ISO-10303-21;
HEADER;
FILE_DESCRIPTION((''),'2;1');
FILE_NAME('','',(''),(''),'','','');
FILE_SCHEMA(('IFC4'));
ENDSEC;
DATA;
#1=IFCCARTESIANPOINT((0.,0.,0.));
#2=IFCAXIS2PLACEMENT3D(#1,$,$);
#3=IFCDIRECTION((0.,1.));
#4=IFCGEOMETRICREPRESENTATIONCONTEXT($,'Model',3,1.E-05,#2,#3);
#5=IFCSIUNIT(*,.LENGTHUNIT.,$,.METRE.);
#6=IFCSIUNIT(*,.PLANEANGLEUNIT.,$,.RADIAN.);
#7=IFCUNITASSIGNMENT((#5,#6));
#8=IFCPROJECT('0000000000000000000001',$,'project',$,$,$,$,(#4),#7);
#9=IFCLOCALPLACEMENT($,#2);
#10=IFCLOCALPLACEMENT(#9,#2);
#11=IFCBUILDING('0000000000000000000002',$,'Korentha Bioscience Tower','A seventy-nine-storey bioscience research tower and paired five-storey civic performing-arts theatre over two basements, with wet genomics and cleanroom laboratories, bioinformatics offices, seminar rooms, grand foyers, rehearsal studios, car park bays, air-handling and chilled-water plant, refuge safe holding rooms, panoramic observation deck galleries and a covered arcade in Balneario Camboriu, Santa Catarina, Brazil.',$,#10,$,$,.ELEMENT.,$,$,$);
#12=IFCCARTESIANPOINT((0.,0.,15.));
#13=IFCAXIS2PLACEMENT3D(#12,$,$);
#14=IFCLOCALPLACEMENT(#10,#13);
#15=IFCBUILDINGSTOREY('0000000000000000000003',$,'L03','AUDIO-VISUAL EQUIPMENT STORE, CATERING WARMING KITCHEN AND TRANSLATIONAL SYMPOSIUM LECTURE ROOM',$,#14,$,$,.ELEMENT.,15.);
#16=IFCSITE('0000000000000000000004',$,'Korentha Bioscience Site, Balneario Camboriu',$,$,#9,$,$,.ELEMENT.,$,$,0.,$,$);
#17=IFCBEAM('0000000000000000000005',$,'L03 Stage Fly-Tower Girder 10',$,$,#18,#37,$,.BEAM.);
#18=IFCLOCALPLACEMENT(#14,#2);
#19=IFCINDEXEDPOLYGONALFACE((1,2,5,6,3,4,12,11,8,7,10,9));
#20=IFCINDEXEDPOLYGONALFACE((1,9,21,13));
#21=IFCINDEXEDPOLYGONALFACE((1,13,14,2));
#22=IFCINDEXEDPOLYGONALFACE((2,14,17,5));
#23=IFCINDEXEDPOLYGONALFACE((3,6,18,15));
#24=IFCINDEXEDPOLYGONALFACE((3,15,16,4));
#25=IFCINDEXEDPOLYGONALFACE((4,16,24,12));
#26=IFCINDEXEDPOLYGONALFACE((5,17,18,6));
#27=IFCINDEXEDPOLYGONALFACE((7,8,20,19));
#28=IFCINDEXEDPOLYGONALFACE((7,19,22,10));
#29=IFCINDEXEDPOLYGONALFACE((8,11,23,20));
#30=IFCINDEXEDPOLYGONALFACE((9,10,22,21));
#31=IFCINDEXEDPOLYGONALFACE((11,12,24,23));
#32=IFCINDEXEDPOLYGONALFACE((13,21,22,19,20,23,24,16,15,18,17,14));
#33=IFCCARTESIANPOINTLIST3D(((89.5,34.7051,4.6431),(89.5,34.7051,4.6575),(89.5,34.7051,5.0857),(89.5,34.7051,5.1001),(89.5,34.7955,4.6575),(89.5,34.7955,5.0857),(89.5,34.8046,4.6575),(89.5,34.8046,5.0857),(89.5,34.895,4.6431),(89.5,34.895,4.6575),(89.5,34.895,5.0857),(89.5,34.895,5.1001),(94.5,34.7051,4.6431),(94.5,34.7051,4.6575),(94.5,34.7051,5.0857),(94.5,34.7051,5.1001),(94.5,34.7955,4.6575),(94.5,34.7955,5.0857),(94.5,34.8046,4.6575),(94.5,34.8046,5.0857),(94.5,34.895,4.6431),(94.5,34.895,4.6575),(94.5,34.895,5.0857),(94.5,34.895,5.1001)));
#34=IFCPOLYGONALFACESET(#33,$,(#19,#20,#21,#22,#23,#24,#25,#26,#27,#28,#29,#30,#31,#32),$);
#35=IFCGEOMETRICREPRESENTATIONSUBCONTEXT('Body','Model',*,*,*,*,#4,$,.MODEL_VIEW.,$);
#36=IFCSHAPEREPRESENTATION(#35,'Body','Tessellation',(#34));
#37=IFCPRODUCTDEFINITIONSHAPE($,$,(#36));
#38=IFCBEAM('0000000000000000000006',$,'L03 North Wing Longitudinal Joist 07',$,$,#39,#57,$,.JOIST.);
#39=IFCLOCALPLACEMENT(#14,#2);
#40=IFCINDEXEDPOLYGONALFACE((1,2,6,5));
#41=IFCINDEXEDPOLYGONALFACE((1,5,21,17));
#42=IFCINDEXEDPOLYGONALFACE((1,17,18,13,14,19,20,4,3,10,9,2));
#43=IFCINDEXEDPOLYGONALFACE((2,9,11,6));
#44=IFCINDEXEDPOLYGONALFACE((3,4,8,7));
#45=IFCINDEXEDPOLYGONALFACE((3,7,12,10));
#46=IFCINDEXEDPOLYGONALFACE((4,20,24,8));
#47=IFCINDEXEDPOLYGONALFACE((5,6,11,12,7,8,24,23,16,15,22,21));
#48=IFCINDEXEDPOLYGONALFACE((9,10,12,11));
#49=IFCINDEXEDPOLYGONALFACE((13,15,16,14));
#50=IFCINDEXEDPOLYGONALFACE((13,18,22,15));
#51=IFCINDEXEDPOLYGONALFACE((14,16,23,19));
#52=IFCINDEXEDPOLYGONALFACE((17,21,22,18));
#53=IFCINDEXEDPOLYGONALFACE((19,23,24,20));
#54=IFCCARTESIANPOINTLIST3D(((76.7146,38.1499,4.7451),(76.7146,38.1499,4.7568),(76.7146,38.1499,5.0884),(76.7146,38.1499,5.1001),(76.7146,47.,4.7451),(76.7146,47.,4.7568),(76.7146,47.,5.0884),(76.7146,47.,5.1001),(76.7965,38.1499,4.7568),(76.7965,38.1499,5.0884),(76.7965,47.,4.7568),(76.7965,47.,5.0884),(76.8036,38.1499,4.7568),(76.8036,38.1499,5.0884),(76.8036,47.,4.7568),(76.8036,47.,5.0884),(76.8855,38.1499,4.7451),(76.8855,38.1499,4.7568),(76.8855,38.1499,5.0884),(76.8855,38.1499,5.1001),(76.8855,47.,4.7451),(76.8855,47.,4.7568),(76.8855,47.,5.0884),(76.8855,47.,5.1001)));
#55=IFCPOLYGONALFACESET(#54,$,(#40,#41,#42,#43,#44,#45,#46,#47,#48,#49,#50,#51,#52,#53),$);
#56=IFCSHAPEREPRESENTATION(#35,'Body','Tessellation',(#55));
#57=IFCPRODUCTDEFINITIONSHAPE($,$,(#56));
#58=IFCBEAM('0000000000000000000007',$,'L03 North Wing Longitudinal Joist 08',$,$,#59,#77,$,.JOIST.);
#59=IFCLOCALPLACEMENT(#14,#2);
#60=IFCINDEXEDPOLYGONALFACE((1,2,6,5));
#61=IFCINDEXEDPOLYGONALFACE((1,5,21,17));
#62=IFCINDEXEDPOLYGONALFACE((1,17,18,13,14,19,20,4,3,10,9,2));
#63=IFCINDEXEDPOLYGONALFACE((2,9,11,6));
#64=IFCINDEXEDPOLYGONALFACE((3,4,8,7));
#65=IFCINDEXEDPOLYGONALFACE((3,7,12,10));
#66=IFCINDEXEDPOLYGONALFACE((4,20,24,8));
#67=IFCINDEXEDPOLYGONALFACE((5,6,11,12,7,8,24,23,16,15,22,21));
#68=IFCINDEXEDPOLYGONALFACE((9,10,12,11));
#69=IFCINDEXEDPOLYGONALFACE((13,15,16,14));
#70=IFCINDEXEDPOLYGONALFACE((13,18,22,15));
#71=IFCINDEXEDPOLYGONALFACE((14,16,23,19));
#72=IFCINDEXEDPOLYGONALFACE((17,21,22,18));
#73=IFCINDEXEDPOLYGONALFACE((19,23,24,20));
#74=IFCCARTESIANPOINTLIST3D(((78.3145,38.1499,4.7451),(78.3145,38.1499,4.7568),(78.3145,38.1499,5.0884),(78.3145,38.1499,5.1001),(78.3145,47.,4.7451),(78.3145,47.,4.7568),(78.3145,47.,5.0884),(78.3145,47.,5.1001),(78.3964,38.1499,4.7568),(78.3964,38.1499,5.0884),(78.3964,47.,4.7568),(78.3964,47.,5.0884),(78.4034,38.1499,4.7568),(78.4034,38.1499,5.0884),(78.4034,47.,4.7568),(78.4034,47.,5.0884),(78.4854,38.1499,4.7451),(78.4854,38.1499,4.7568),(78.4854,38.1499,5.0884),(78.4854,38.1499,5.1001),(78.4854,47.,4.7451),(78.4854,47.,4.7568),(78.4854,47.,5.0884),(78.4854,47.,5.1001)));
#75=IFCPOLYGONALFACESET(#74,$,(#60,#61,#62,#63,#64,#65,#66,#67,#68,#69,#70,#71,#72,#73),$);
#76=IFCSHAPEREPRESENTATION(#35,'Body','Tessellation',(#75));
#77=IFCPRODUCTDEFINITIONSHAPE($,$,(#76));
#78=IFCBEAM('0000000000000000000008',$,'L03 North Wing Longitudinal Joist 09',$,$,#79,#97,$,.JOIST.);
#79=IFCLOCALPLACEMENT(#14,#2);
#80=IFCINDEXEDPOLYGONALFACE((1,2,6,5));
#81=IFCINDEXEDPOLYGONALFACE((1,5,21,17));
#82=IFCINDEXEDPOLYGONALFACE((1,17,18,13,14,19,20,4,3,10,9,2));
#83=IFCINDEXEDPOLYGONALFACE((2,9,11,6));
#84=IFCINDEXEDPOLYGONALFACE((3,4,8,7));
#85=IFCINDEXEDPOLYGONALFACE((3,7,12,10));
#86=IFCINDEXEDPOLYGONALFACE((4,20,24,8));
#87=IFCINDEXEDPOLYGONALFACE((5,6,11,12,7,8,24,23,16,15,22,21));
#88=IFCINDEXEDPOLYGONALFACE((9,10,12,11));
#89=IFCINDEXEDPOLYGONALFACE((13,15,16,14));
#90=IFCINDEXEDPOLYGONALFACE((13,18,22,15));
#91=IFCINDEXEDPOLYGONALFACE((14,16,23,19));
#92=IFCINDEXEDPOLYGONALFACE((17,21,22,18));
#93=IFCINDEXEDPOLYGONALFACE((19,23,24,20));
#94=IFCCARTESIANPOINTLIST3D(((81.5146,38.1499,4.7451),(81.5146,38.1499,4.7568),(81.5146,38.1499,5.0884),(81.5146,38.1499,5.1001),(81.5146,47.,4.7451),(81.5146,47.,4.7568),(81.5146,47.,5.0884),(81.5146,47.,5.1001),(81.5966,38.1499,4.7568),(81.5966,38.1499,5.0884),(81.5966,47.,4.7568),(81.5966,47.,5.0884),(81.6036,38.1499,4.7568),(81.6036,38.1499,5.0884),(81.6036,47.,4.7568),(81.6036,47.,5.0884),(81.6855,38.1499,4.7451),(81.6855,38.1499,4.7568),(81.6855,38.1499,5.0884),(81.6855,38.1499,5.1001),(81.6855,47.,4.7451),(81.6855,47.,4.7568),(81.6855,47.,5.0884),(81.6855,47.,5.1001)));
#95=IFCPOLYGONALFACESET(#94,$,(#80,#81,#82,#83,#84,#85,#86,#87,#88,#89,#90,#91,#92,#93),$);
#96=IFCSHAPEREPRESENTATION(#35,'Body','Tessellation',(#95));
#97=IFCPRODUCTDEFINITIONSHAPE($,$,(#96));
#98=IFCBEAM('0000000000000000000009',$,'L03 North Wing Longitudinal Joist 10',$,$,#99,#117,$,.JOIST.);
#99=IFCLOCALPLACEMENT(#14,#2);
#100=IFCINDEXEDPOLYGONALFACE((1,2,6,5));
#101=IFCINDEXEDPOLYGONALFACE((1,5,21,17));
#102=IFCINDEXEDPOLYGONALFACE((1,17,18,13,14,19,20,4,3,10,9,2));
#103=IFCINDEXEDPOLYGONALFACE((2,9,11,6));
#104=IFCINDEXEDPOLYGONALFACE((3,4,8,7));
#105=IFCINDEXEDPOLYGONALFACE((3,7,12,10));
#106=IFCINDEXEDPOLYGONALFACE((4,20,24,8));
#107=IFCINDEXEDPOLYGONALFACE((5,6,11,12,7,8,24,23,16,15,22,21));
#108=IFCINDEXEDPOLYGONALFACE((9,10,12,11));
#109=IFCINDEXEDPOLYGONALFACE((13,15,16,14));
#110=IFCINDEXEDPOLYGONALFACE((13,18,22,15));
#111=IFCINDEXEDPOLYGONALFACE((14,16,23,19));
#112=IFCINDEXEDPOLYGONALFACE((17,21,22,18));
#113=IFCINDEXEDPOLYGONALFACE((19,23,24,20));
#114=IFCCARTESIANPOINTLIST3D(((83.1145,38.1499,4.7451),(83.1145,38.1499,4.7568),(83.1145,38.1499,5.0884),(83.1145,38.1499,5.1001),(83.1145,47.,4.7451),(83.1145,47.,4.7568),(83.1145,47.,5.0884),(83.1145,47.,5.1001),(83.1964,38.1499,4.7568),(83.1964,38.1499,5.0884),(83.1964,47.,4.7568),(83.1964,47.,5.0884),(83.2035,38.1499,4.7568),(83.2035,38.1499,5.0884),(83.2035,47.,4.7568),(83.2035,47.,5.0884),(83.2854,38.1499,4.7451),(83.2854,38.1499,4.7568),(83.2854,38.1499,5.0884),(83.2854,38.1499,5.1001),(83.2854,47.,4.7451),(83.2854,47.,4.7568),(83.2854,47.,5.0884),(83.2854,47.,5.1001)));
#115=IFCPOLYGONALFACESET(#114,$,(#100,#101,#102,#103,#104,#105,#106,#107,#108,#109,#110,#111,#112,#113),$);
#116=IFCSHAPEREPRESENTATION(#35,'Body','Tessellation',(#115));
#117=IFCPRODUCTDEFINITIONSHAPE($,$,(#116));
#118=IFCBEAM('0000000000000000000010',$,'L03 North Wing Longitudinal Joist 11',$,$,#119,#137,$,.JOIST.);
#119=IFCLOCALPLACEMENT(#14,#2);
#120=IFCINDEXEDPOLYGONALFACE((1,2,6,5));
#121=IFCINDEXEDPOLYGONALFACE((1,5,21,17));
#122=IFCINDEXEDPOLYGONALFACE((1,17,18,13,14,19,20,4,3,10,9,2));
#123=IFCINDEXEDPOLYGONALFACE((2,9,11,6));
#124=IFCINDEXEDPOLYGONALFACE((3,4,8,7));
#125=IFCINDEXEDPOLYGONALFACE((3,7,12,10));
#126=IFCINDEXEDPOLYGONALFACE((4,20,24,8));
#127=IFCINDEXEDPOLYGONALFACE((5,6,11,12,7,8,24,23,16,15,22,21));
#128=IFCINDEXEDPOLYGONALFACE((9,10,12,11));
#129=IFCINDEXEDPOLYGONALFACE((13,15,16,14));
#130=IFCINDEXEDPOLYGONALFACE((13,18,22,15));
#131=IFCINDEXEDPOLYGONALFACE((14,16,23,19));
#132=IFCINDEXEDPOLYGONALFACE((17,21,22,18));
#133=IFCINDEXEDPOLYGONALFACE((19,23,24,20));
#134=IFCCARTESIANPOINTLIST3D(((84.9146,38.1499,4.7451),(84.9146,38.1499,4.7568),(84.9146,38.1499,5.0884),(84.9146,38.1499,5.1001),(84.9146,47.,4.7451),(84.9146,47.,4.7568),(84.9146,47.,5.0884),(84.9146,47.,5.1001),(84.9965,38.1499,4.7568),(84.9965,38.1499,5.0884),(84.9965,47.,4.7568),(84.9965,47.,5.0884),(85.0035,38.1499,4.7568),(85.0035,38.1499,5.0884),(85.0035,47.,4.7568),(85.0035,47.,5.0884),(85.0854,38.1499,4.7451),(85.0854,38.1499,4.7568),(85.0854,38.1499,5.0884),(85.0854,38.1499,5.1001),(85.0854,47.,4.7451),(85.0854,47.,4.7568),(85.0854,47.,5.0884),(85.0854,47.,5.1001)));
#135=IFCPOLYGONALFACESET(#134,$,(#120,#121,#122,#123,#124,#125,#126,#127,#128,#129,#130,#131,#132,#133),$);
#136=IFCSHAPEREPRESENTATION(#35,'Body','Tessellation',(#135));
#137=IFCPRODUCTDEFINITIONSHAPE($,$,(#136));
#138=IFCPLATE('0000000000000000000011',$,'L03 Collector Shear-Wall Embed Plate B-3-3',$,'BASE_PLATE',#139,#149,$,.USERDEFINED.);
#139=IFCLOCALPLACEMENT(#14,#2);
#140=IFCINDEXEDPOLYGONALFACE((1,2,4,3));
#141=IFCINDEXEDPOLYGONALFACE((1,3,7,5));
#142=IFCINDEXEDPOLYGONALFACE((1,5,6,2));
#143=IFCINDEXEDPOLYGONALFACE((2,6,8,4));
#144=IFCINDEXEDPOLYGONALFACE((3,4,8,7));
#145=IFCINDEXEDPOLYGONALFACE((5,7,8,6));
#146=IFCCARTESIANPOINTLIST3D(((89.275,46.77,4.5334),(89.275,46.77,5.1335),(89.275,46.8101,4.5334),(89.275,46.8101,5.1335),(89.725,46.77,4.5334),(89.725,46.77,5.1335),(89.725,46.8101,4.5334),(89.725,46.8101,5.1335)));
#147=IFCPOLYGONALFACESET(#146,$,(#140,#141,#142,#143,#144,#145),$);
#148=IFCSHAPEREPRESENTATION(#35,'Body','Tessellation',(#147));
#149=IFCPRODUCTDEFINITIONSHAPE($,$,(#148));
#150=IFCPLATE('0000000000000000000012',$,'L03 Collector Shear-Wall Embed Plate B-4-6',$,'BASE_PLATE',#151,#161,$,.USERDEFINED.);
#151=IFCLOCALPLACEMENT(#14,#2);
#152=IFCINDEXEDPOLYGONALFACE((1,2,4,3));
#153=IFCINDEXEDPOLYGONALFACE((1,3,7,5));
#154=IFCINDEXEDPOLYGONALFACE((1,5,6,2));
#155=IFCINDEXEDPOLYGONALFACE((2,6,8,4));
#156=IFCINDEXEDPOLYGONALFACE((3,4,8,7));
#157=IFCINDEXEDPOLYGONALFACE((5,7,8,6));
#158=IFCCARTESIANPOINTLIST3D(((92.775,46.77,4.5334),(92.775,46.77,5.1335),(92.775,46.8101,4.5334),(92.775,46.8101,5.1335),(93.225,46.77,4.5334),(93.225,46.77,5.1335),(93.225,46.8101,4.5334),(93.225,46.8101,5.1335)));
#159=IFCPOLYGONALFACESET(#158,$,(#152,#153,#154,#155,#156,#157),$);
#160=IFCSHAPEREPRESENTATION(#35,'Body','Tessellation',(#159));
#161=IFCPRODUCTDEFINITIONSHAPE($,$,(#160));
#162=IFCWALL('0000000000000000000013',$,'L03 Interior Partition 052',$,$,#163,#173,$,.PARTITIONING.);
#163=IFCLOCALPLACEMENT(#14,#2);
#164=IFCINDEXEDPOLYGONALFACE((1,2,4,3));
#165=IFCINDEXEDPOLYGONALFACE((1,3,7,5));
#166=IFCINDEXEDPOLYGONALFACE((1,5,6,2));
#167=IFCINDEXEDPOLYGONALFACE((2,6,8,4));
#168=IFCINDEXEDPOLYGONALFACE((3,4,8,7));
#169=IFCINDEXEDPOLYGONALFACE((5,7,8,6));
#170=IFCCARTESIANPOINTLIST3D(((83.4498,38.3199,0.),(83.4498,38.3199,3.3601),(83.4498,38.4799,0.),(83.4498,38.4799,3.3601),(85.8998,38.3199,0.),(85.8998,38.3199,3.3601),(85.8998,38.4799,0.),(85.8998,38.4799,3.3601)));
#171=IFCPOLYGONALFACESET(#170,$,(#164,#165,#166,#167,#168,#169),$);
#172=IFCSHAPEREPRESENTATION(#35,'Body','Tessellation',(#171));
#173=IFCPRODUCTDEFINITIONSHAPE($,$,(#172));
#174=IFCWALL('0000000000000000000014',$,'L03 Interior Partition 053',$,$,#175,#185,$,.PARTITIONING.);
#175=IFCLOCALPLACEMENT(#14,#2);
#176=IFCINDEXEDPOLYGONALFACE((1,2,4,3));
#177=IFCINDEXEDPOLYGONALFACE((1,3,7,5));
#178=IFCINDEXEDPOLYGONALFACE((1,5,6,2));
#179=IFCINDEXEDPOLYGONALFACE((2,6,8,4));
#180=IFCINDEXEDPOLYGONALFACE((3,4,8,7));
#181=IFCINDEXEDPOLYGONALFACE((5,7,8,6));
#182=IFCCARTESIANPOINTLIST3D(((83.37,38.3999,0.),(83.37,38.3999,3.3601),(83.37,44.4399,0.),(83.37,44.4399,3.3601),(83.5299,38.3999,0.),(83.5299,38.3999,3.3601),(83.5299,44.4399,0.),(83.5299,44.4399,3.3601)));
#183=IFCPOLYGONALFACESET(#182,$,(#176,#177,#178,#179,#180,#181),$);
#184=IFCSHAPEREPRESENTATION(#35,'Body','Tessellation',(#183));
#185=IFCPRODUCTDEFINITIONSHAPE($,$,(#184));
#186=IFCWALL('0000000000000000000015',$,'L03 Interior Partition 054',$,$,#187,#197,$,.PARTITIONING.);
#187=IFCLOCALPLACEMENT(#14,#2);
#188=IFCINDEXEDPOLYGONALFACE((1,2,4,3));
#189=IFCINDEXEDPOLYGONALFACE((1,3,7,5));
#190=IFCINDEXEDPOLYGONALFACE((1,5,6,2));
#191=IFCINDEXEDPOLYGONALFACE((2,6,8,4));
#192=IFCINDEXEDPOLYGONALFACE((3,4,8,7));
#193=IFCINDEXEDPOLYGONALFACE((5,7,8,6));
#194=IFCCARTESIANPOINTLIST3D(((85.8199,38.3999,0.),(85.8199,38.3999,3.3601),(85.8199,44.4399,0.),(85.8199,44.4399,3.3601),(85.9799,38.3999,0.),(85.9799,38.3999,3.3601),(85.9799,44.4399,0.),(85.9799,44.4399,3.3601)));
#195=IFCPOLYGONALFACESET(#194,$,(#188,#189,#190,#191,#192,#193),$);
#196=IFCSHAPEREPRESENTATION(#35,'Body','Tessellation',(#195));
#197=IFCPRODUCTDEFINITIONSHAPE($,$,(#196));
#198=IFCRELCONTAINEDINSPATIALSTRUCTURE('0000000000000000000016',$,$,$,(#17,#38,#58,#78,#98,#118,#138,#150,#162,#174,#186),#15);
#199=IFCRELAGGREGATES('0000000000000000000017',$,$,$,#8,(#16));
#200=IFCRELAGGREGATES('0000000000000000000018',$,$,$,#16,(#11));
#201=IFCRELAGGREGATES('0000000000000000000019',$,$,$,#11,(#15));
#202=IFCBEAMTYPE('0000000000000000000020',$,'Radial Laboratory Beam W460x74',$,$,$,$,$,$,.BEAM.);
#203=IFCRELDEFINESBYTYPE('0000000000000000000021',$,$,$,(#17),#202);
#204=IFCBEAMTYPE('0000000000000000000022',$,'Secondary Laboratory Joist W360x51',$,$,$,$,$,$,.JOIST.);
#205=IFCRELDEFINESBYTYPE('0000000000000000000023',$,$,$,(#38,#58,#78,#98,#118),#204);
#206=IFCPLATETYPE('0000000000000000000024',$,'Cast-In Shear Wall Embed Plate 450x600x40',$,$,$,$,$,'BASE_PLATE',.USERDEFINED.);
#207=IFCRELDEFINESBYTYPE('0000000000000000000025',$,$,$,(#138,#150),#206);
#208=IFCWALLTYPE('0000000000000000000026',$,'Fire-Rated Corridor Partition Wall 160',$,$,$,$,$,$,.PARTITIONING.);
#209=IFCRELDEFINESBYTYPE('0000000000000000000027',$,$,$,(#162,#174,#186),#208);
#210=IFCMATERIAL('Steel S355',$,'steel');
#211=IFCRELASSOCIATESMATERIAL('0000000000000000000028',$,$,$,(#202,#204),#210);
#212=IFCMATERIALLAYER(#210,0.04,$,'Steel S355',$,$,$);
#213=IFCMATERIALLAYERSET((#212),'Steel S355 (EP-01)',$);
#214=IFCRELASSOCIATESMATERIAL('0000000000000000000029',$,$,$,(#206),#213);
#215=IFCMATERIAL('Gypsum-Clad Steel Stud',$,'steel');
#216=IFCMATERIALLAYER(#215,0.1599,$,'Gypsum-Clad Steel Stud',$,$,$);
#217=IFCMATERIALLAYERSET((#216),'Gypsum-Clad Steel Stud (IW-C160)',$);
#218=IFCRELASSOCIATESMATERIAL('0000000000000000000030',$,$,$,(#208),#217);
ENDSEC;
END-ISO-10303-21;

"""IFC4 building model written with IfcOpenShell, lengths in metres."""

from ifc_helpers import new_model, si_unit, direction, frame, frame_2d, origin, origin_2d, place, context, subcontext, project, spatial, rectangle, i_section, extrude, material, layer, layer_set, material_profile, profile_set, type_object, element, save


model = new_model("IFC4")

# Units and contexts
model_context = context("Model", 3, precision=1e-05, world=origin(), true_north=direction((0.0, 1.0)))
body_context = subcontext(model_context, "Body", "Model", "MODEL_VIEW")
ifc_project = project(units=[si_unit("LENGTHUNIT", "METRE"), si_unit("PLANEANGLEUNIT", "RADIAN")], contexts=[model_context])

# Site, building, storey
site_placement = place(None, origin())
site = spatial("IfcSite", under=ifc_project, at=site_placement, Name="Korentha Bioscience Site, Balneario Camboriu", CompositionType="ELEMENT", RefElevation=0.0)
building_placement = place(site_placement, origin())
building = spatial("IfcBuilding", under=site, at=building_placement, Name="Korentha Bioscience Tower", Description="A seventy-nine-storey bioscience research tower and paired five-storey civic performing-arts theatre over two basements, with wet genomics and cleanroom laboratories, bioinformatics offices, seminar rooms, grand foyers, rehearsal studios, car park bays, air-handling and chilled-water plant, refuge safe holding rooms, panoramic observation deck galleries and a covered arcade in Balneario Camboriu, Santa Catarina, Brazil.", CompositionType="ELEMENT")
storey_placement = place(building_placement, frame((0.0, 0.0, 15.0)))
storey = spatial("IfcBuildingStorey", under=building, at=storey_placement, Name="L03", Description="AUDIO-VISUAL EQUIPMENT STORE, CATERING WARMING KITCHEN AND TRANSLATIONAL SYMPOSIUM LECTURE ROOM", CompositionType="ELEMENT", Elevation=15.0)

# Shared definitions
ifc_material_1 = material(Name="Steel S355", Category="steel")

# Beams
ifc_material_profile_1 = material_profile(ifc_material_1, i_section(OverallWidth=0.1899, OverallDepth=0.457, WebThickness=0.009, FlangeThickness=0.0144, at=origin_2d()), Name="Steel S355")
ifc_profile_set_1 = profile_set([ifc_material_profile_1], Name="Steel S355 (RB-460)")
beam_type_1 = type_object("IfcBeamType", Name="Radial Laboratory Beam W460x74", PredefinedType="BEAM", material=ifc_profile_set_1)
for number, where, z_axis, x_axis, name in (
    (1, (89.5, 34.8, 4.8716), (1.0, 0.0, 0.0), (0.0, 1.0, 0.0), "L03 Stage Fly-Tower Girder 10"),
):
    element("IfcBeam", number, at=place(storey_placement, frame(where, z_axis=z_axis, x_axis=x_axis)), inside=storey, type_object=beam_type_1, Name=name, PredefinedType="BEAM", context=body_context, shape_type="SweptSolid", body=[
        extrude(i_section(OverallWidth=0.1899, OverallDepth=0.457, WebThickness=0.009, FlangeThickness=0.0144, at=origin_2d()), origin(), (0.0, 0.0, 1.0), 5.0),
    ])
ifc_material_profile_2 = material_profile(ifc_material_1, i_section(OverallWidth=0.1709, OverallDepth=0.355, WebThickness=0.0071, FlangeThickness=0.0117, at=origin_2d()), Name="Steel S355")
ifc_profile_set_2 = profile_set([ifc_material_profile_2], Name="Steel S355 (JB-360)")
beam_type_2 = type_object("IfcBeamType", Name="Secondary Laboratory Joist W360x51", PredefinedType="JOIST", material=ifc_profile_set_2)
for number, where, z_axis, x_axis, name in (
    (2, (76.8, 38.1499, 4.9226), (0.0, 1.0, 0.0), (-1.0, 0.0, 0.0), "L03 North Wing Longitudinal Joist 07"),
    (3, (78.3999, 38.1499, 4.9226), (0.0, 1.0, 0.0), (-1.0, 0.0, 0.0), "L03 North Wing Longitudinal Joist 08"),
    (4, (81.6001, 38.1499, 4.9226), (0.0, 1.0, 0.0), (-1.0, 0.0, 0.0), "L03 North Wing Longitudinal Joist 09"),
    (5, (83.2, 38.1499, 4.9226), (0.0, 1.0, 0.0), (-1.0, 0.0, 0.0), "L03 North Wing Longitudinal Joist 10"),
    (6, (85.0, 38.1499, 4.9226), (0.0, 1.0, 0.0), (-1.0, 0.0, 0.0), "L03 North Wing Longitudinal Joist 11"),
):
    element("IfcBeam", number, at=place(storey_placement, frame(where, z_axis=z_axis, x_axis=x_axis)), inside=storey, type_object=beam_type_2, Name=name, PredefinedType="JOIST", context=body_context, shape_type="SweptSolid", body=[
        extrude(i_section(OverallWidth=0.1709, OverallDepth=0.355, WebThickness=0.0071, FlangeThickness=0.0117, at=origin_2d()), origin(), (0.0, 0.0, 1.0), 8.8501),
    ])

# Plates
ifc_layer_1 = layer(ifc_material_1, 0.04, Name="Steel S355")
ifc_layer_set_1 = layer_set([ifc_layer_1], Name="Steel S355 (EP-01)")
plate_type = type_object("IfcPlateType", Name="Cast-In Shear Wall Embed Plate 450x600x40", ElementType="BASE_PLATE", PredefinedType="USERDEFINED", material=ifc_layer_set_1)
for number, where, z_axis, x_axis, name in (
    (7, (89.5, 46.79, 4.5334), (0.0, 0.0, 1.0), (1.0, 0.0, 0.0), "L03 Collector Shear-Wall Embed Plate B-3-3"),
    (8, (93.0, 46.79, 4.5334), (0.0, 0.0, 1.0), (1.0, 0.0, 0.0), "L03 Collector Shear-Wall Embed Plate B-4-6"),
):
    element("IfcPlate", number, at=place(storey_placement, frame(where, z_axis=z_axis, x_axis=x_axis)), inside=storey, type_object=plate_type, Name=name, ObjectType="BASE_PLATE", PredefinedType="USERDEFINED", context=body_context, shape_type="SweptSolid", body=[
        extrude(rectangle(XDim=0.45, YDim=0.04, at=origin_2d()), origin(), (0.0, 0.0, 1.0), 0.6001),
    ])

# Shared definitions
ifc_material_2 = material(Name="Gypsum-Clad Steel Stud", Category="steel")
ifc_layer_2 = layer(ifc_material_2, 0.1599, Name="Gypsum-Clad Steel Stud")
ifc_layer_set_2 = layer_set([ifc_layer_2], Name="Gypsum-Clad Steel Stud (IW-C160)")
wall_type_1 = type_object("IfcWallType", Name="Fire-Rated Corridor Partition Wall 160", PredefinedType="PARTITIONING", material=ifc_layer_set_2)

# Walls
wall_1_placement = place(storey_placement, frame((85.8999, 38.3999, 0.0), z_axis=(0.0, 0.0, 1.0), x_axis=(-1.0, 0.0, 0.0)))
element("IfcWall", 9, at=wall_1_placement, inside=storey, type_object=wall_type_1, Name="L03 Interior Partition 052", PredefinedType="PARTITIONING", context=body_context, shape_type="SweptSolid", body=[
    extrude(rectangle(XDim=2.45, YDim=0.1599, at=frame_2d((1.2251, 0.0))), origin(), (0.0, 0.0, 1.0), 3.3601),
])
for number, where, z_axis, x_axis, name in (
    (10, (83.45, 38.3999, 0.0), (0.0, 0.0, 1.0), (0.0, 1.0, 0.0), "L03 Interior Partition 053"),
    (11, (85.8999, 44.4399, 0.0), (0.0, 0.0, 1.0), (0.0, -1.0, 0.0), "L03 Interior Partition 054"),
):
    element("IfcWall", number, at=place(storey_placement, frame(where, z_axis=z_axis, x_axis=x_axis)), inside=storey, type_object=wall_type_1, Name=name, PredefinedType="PARTITIONING", context=body_context, shape_type="SweptSolid", body=[
        extrude(rectangle(XDim=6.04, YDim=0.1599, at=frame_2d((3.02, 0.0))), origin(), (0.0, 0.0, 1.0), 3.3601),
    ])

save(model, "model.ifc")
